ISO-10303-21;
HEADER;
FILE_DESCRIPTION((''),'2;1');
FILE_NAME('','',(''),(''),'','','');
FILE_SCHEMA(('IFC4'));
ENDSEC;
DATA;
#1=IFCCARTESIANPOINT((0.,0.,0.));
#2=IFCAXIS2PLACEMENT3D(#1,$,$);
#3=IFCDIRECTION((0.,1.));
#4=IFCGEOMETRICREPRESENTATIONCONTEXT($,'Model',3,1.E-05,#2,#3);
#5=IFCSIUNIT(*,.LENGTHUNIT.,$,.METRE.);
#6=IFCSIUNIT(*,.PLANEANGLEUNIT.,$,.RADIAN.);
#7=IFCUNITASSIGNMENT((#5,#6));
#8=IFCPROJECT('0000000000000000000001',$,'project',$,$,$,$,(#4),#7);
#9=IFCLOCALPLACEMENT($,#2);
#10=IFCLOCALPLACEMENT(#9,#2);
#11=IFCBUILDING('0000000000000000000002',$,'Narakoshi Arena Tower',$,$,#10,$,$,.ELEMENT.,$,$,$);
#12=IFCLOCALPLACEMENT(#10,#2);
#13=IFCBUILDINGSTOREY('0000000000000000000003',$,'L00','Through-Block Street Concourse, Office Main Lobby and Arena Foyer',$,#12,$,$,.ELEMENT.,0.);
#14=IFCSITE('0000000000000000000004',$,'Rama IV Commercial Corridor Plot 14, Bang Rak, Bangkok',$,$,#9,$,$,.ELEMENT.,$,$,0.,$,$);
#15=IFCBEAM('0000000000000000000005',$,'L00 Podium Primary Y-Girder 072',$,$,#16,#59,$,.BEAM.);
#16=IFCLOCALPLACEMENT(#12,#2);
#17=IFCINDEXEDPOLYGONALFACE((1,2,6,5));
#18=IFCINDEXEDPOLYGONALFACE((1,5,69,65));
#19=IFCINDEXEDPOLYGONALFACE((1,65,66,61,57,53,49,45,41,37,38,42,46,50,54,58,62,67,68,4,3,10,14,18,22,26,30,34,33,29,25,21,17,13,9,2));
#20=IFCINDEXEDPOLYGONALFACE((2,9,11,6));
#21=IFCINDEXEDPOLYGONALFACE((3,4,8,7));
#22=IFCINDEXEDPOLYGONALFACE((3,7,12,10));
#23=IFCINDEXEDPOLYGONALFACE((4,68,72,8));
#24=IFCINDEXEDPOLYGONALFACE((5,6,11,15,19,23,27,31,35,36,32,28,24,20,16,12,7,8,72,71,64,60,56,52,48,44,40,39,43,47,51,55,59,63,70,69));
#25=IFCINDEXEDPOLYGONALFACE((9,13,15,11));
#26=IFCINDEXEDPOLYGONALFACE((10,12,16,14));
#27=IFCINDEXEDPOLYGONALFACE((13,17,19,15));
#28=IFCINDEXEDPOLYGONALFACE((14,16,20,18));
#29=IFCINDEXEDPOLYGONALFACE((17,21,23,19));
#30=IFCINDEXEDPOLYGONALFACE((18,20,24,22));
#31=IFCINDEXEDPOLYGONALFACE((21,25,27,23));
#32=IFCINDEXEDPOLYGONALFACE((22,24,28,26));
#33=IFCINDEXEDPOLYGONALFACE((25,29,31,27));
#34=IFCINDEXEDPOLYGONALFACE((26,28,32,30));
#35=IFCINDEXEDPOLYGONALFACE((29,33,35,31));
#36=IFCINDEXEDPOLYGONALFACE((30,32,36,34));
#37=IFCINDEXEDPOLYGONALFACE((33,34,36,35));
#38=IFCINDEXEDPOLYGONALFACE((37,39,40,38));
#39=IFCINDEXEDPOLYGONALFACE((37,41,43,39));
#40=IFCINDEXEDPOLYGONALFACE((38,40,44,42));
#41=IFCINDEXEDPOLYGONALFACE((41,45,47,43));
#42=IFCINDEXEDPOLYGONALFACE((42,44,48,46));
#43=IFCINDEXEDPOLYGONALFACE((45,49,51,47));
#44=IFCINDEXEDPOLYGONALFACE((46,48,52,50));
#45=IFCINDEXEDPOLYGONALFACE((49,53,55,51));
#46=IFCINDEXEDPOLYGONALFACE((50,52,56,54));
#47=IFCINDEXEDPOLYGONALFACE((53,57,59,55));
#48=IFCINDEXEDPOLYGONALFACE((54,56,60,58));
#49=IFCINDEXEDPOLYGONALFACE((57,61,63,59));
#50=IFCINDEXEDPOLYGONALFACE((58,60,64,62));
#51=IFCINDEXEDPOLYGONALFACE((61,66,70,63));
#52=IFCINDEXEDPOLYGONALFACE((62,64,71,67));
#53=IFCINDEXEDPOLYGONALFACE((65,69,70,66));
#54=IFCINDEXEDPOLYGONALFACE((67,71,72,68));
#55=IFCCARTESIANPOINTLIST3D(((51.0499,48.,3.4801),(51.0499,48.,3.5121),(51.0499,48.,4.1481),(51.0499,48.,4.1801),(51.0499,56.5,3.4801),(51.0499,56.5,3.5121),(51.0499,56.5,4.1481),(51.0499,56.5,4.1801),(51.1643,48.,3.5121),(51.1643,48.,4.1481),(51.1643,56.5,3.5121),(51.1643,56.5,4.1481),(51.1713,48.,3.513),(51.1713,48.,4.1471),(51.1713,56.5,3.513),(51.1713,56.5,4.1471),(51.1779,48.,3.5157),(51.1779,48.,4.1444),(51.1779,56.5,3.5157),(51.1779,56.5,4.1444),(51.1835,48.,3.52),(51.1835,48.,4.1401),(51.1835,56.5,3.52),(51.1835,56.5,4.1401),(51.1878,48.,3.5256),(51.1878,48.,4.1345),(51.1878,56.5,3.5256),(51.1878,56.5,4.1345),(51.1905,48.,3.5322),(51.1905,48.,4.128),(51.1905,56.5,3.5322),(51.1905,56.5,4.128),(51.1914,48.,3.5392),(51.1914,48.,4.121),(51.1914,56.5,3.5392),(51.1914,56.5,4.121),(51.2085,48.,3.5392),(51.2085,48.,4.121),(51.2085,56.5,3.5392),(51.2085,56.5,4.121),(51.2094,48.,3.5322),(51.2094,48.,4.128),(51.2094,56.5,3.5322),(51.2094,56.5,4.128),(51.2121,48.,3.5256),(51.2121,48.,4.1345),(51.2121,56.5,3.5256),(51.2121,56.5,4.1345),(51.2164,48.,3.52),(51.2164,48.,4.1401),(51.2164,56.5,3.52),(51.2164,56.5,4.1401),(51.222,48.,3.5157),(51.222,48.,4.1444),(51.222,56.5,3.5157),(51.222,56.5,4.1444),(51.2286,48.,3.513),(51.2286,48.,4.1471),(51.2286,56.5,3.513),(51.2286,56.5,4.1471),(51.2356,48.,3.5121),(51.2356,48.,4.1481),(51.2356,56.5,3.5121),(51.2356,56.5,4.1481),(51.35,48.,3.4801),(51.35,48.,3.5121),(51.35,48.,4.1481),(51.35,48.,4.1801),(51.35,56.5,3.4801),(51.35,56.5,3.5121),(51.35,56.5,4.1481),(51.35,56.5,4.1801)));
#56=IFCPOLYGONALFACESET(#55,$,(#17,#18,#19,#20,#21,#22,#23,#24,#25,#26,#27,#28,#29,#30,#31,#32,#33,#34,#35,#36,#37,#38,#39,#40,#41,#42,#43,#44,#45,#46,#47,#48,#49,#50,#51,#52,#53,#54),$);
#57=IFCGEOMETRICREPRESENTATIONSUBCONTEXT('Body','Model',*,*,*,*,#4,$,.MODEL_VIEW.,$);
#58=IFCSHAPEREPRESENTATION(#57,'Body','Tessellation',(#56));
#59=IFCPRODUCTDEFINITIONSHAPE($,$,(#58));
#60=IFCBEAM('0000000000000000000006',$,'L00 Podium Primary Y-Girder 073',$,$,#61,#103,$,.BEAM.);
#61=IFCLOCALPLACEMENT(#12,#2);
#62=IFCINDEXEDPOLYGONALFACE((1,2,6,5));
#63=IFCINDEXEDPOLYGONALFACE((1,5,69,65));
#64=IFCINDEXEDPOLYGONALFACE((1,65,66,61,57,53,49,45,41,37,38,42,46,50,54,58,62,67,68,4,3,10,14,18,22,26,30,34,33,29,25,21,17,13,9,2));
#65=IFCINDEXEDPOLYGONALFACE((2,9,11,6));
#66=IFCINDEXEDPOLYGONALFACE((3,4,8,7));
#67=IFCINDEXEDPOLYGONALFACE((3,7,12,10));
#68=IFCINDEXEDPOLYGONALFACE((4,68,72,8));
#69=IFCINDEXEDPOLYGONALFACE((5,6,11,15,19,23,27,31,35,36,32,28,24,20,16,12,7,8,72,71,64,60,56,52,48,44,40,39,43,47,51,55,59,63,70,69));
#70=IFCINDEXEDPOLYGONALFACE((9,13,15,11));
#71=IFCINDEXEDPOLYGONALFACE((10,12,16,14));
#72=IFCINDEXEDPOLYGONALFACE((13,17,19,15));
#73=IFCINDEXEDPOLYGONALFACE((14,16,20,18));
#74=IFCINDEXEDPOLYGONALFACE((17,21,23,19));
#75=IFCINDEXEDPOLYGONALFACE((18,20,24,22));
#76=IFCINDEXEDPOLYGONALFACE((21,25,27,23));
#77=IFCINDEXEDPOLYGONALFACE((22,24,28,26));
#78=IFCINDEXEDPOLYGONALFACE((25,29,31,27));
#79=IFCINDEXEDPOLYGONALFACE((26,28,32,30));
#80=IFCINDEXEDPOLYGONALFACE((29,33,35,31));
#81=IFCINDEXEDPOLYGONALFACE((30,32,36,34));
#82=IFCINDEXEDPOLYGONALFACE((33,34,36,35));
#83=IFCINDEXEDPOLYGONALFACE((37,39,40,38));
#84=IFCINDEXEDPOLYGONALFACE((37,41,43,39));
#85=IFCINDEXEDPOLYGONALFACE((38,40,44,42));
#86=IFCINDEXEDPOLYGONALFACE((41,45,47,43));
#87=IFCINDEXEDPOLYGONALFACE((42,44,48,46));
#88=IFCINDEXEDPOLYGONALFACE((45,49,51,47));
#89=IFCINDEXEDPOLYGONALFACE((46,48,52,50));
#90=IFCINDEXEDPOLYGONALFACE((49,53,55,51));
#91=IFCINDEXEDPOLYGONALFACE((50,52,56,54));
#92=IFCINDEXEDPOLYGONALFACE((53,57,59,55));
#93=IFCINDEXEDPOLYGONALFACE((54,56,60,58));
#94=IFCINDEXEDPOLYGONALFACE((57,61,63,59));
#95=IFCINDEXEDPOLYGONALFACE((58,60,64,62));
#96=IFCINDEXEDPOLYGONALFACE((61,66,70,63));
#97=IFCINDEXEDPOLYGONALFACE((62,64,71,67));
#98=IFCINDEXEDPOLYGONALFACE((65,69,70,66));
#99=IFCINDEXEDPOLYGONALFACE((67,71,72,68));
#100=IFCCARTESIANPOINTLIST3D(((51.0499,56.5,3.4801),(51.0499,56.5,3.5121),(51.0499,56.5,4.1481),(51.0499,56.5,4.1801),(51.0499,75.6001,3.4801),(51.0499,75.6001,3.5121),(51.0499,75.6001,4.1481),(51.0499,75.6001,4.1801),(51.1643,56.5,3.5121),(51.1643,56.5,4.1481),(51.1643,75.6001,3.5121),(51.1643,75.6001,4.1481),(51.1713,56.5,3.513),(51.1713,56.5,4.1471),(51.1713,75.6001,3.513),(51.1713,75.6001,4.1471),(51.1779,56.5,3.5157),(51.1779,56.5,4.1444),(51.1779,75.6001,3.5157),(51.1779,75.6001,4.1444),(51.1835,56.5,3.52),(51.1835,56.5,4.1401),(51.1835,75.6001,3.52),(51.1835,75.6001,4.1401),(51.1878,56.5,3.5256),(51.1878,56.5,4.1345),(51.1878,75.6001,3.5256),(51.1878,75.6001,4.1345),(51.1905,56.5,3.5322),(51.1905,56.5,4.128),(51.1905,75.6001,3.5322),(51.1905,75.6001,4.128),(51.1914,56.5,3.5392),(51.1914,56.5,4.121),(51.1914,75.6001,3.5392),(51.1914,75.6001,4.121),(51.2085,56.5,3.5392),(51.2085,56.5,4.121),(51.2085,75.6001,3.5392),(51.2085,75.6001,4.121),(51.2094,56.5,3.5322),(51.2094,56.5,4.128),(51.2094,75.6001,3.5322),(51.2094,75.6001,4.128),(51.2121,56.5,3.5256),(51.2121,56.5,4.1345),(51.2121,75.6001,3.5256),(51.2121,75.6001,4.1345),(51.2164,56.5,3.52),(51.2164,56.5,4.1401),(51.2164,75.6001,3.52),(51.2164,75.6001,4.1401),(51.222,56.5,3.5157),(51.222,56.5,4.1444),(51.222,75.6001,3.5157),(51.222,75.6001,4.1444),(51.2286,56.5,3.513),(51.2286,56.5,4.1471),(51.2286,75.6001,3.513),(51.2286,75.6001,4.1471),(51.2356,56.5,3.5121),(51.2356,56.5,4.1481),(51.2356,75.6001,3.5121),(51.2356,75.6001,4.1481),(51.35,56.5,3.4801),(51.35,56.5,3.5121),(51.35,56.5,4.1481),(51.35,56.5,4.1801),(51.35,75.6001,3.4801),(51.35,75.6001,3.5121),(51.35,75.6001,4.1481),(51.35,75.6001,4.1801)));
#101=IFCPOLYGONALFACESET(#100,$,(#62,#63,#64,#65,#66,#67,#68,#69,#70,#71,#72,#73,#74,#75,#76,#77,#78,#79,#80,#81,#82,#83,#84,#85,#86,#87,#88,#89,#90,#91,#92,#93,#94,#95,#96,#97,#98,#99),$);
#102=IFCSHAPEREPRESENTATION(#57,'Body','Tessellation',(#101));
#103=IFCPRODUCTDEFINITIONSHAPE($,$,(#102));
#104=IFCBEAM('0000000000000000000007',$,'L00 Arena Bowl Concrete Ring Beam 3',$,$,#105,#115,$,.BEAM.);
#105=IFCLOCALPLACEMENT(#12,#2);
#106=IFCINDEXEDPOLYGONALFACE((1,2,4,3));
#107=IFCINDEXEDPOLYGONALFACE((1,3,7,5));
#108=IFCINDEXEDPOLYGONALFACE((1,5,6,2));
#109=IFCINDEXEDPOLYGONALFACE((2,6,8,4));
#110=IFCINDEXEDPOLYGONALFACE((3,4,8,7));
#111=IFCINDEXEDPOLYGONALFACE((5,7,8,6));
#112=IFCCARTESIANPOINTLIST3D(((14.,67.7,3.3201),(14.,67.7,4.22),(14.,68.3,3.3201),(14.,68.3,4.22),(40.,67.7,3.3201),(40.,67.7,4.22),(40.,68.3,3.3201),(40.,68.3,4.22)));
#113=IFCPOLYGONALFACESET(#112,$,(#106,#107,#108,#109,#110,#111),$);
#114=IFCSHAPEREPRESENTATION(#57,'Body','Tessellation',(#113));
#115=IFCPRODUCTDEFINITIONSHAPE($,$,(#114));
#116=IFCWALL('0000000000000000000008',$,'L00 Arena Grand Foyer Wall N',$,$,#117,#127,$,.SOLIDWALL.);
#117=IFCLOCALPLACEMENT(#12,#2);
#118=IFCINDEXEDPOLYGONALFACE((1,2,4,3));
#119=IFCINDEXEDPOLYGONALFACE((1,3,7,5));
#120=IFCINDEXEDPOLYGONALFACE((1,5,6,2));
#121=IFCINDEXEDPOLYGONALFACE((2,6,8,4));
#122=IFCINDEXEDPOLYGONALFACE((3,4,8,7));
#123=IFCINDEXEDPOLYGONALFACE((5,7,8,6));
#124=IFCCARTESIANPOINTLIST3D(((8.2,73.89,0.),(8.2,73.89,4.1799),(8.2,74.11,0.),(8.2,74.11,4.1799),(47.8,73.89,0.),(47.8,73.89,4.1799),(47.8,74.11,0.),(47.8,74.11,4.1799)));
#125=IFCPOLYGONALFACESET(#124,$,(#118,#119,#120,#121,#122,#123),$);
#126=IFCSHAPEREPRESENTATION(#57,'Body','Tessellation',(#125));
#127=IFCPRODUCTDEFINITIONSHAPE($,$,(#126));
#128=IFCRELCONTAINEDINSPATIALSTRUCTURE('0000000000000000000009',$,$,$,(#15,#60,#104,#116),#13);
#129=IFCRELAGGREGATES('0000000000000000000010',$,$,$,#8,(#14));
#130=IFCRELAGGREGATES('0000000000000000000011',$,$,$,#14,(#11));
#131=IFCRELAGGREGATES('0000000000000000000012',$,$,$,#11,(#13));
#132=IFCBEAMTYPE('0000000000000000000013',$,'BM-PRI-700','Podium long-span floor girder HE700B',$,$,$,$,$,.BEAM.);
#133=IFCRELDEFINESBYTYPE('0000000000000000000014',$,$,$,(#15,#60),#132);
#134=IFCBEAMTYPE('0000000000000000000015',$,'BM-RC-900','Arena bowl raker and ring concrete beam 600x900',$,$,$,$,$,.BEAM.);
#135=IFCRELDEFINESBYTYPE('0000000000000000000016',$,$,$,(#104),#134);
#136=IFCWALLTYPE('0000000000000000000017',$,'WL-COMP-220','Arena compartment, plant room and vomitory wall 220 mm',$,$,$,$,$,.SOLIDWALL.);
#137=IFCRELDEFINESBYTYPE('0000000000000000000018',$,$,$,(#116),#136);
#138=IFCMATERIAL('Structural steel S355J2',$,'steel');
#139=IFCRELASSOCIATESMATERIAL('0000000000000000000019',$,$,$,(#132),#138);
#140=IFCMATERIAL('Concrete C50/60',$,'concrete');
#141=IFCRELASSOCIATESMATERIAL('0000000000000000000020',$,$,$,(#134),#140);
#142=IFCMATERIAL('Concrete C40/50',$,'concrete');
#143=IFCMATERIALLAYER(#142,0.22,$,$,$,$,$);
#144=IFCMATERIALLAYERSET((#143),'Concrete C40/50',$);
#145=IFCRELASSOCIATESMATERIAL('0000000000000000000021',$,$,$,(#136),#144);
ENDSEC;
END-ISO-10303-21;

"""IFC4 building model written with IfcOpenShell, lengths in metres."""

from ifc_helpers import new_model, si_unit, direction, frame, frame_2d, origin, origin_2d, place, context, subcontext, project, spatial, rectangle, i_section, extrude, material, layer, layer_set, material_profile, profile_set, type_object, element, save


model = new_model("IFC4")

# Units and contexts
model_context = context("Model", 3, precision=1e-05, world=origin(), true_north=direction((0.0, 1.0)))
body_context = subcontext(model_context, "Body", "Model", "MODEL_VIEW")
ifc_project = project(units=[si_unit("LENGTHUNIT", "METRE"), si_unit("PLANEANGLEUNIT", "RADIAN")], contexts=[model_context])

# Site, building, storey
site_placement = place(None, origin())
site = spatial("IfcSite", under=ifc_project, at=site_placement, Name="Rama IV Commercial Corridor Plot 14, Bang Rak, Bangkok", CompositionType="ELEMENT", RefElevation=0.0)
building_placement = place(site_placement, origin())
building = spatial("IfcBuilding", under=site, at=building_placement, Name="Narakoshi Arena Tower", CompositionType="ELEMENT")
storey_placement = place(building_placement, origin())
storey = spatial("IfcBuildingStorey", under=building, at=storey_placement, Name="L00", Description="Through-Block Street Concourse, Office Main Lobby and Arena Foyer", CompositionType="ELEMENT", Elevation=0.0)

# Shared definitions
ifc_material_1 = material(Name="Concrete C50/60", Category="concrete")

# Beams
ifc_material_2 = material(Name="Structural steel S355J2", Category="steel")
ifc_material_profile_1 = material_profile(ifc_material_2, i_section(OverallWidth=0.3, OverallDepth=0.7, WebThickness=0.0171, FlangeThickness=0.032, FilletRadius=0.0271, at=origin_2d()), Name="HE700B")
ifc_profile_set_1 = profile_set([ifc_material_profile_1], Name="Structural steel S355J2")
beam_type_1 = type_object("IfcBeamType", Name="BM-PRI-700", Description="Podium long-span floor girder HE700B", PredefinedType="BEAM", material=ifc_profile_set_1)
beam_1_placement = place(storey_placement, frame((51.2, 48.0, 3.8301), z_axis=(0.0, 1.0, 0.0), x_axis=(-1.0, 0.0, 0.0)))
element("IfcBeam", 1, at=beam_1_placement, inside=storey, type_object=beam_type_1, Name="L00 Podium Primary Y-Girder 072", PredefinedType="BEAM", context=body_context, shape_type="SweptSolid", body=[
    extrude(i_section(OverallWidth=0.3, OverallDepth=0.7, WebThickness=0.0171, FlangeThickness=0.032, FilletRadius=0.0271, at=origin_2d()), origin(), (0.0, 0.0, 1.0), 8.5),
])
beam_2_placement = place(storey_placement, frame((51.2, 56.5, 3.8301), z_axis=(0.0, 1.0, 0.0), x_axis=(-1.0, 0.0, 0.0)))
element("IfcBeam", 2, at=beam_2_placement, inside=storey, type_object=beam_type_1, Name="L00 Podium Primary Y-Girder 073", PredefinedType="BEAM", context=body_context, shape_type="SweptSolid", body=[
    extrude(i_section(OverallWidth=0.3, OverallDepth=0.7, WebThickness=0.0171, FlangeThickness=0.032, FilletRadius=0.0271, at=origin_2d()), origin(), (0.0, 0.0, 1.0), 19.1001),
])
ifc_material_profile_2 = material_profile(ifc_material_1, rectangle(XDim=0.6001, YDim=0.8999, at=origin_2d()), Name="RCB600x900")
ifc_profile_set_2 = profile_set([ifc_material_profile_2], Name="Concrete C50/60")
beam_type_2 = type_object("IfcBeamType", Name="BM-RC-900", Description="Arena bowl raker and ring concrete beam 600x900", PredefinedType="BEAM", material=ifc_profile_set_2)
beam_3_placement = place(storey_placement, frame((40.0, 68.0, 3.77), z_axis=(-1.0, 0.0, 0.0), x_axis=(0.0, -1.0, 0.0)))
element("IfcBeam", 3, at=beam_3_placement, inside=storey, type_object=beam_type_2, Name="L00 Arena Bowl Concrete Ring Beam 3", PredefinedType="BEAM", context=body_context, shape_type="SweptSolid", body=[
    extrude(rectangle(XDim=0.6001, YDim=0.8999, at=origin_2d()), origin(), (0.0, 0.0, 1.0), 26.0),
])

# Wall
ifc_material_3 = material(Name="Concrete C40/50", Category="concrete")
ifc_layer = layer(ifc_material_3, 0.22)
ifc_layer_set = layer_set([ifc_layer], Name="Concrete C40/50")
wall_type = type_object("IfcWallType", Name="WL-COMP-220", Description="Arena compartment, plant room and vomitory wall 220 mm", PredefinedType="SOLIDWALL", material=ifc_layer_set)
wall_placement = place(storey_placement, frame((47.8, 74.0, 0.0), z_axis=(0.0, 0.0, 1.0), x_axis=(-1.0, 0.0, 0.0)))
element("IfcWall", 4, at=wall_placement, inside=storey, type_object=wall_type, Name="L00 Arena Grand Foyer Wall N", PredefinedType="SOLIDWALL", context=body_context, shape_type="SweptSolid", body=[
    extrude(rectangle(XDim=39.6001, YDim=0.22, at=frame_2d((19.8, 0.0))), origin(), (0.0, 0.0, 1.0), 4.1799),
])

save(model, "model.ifc")
